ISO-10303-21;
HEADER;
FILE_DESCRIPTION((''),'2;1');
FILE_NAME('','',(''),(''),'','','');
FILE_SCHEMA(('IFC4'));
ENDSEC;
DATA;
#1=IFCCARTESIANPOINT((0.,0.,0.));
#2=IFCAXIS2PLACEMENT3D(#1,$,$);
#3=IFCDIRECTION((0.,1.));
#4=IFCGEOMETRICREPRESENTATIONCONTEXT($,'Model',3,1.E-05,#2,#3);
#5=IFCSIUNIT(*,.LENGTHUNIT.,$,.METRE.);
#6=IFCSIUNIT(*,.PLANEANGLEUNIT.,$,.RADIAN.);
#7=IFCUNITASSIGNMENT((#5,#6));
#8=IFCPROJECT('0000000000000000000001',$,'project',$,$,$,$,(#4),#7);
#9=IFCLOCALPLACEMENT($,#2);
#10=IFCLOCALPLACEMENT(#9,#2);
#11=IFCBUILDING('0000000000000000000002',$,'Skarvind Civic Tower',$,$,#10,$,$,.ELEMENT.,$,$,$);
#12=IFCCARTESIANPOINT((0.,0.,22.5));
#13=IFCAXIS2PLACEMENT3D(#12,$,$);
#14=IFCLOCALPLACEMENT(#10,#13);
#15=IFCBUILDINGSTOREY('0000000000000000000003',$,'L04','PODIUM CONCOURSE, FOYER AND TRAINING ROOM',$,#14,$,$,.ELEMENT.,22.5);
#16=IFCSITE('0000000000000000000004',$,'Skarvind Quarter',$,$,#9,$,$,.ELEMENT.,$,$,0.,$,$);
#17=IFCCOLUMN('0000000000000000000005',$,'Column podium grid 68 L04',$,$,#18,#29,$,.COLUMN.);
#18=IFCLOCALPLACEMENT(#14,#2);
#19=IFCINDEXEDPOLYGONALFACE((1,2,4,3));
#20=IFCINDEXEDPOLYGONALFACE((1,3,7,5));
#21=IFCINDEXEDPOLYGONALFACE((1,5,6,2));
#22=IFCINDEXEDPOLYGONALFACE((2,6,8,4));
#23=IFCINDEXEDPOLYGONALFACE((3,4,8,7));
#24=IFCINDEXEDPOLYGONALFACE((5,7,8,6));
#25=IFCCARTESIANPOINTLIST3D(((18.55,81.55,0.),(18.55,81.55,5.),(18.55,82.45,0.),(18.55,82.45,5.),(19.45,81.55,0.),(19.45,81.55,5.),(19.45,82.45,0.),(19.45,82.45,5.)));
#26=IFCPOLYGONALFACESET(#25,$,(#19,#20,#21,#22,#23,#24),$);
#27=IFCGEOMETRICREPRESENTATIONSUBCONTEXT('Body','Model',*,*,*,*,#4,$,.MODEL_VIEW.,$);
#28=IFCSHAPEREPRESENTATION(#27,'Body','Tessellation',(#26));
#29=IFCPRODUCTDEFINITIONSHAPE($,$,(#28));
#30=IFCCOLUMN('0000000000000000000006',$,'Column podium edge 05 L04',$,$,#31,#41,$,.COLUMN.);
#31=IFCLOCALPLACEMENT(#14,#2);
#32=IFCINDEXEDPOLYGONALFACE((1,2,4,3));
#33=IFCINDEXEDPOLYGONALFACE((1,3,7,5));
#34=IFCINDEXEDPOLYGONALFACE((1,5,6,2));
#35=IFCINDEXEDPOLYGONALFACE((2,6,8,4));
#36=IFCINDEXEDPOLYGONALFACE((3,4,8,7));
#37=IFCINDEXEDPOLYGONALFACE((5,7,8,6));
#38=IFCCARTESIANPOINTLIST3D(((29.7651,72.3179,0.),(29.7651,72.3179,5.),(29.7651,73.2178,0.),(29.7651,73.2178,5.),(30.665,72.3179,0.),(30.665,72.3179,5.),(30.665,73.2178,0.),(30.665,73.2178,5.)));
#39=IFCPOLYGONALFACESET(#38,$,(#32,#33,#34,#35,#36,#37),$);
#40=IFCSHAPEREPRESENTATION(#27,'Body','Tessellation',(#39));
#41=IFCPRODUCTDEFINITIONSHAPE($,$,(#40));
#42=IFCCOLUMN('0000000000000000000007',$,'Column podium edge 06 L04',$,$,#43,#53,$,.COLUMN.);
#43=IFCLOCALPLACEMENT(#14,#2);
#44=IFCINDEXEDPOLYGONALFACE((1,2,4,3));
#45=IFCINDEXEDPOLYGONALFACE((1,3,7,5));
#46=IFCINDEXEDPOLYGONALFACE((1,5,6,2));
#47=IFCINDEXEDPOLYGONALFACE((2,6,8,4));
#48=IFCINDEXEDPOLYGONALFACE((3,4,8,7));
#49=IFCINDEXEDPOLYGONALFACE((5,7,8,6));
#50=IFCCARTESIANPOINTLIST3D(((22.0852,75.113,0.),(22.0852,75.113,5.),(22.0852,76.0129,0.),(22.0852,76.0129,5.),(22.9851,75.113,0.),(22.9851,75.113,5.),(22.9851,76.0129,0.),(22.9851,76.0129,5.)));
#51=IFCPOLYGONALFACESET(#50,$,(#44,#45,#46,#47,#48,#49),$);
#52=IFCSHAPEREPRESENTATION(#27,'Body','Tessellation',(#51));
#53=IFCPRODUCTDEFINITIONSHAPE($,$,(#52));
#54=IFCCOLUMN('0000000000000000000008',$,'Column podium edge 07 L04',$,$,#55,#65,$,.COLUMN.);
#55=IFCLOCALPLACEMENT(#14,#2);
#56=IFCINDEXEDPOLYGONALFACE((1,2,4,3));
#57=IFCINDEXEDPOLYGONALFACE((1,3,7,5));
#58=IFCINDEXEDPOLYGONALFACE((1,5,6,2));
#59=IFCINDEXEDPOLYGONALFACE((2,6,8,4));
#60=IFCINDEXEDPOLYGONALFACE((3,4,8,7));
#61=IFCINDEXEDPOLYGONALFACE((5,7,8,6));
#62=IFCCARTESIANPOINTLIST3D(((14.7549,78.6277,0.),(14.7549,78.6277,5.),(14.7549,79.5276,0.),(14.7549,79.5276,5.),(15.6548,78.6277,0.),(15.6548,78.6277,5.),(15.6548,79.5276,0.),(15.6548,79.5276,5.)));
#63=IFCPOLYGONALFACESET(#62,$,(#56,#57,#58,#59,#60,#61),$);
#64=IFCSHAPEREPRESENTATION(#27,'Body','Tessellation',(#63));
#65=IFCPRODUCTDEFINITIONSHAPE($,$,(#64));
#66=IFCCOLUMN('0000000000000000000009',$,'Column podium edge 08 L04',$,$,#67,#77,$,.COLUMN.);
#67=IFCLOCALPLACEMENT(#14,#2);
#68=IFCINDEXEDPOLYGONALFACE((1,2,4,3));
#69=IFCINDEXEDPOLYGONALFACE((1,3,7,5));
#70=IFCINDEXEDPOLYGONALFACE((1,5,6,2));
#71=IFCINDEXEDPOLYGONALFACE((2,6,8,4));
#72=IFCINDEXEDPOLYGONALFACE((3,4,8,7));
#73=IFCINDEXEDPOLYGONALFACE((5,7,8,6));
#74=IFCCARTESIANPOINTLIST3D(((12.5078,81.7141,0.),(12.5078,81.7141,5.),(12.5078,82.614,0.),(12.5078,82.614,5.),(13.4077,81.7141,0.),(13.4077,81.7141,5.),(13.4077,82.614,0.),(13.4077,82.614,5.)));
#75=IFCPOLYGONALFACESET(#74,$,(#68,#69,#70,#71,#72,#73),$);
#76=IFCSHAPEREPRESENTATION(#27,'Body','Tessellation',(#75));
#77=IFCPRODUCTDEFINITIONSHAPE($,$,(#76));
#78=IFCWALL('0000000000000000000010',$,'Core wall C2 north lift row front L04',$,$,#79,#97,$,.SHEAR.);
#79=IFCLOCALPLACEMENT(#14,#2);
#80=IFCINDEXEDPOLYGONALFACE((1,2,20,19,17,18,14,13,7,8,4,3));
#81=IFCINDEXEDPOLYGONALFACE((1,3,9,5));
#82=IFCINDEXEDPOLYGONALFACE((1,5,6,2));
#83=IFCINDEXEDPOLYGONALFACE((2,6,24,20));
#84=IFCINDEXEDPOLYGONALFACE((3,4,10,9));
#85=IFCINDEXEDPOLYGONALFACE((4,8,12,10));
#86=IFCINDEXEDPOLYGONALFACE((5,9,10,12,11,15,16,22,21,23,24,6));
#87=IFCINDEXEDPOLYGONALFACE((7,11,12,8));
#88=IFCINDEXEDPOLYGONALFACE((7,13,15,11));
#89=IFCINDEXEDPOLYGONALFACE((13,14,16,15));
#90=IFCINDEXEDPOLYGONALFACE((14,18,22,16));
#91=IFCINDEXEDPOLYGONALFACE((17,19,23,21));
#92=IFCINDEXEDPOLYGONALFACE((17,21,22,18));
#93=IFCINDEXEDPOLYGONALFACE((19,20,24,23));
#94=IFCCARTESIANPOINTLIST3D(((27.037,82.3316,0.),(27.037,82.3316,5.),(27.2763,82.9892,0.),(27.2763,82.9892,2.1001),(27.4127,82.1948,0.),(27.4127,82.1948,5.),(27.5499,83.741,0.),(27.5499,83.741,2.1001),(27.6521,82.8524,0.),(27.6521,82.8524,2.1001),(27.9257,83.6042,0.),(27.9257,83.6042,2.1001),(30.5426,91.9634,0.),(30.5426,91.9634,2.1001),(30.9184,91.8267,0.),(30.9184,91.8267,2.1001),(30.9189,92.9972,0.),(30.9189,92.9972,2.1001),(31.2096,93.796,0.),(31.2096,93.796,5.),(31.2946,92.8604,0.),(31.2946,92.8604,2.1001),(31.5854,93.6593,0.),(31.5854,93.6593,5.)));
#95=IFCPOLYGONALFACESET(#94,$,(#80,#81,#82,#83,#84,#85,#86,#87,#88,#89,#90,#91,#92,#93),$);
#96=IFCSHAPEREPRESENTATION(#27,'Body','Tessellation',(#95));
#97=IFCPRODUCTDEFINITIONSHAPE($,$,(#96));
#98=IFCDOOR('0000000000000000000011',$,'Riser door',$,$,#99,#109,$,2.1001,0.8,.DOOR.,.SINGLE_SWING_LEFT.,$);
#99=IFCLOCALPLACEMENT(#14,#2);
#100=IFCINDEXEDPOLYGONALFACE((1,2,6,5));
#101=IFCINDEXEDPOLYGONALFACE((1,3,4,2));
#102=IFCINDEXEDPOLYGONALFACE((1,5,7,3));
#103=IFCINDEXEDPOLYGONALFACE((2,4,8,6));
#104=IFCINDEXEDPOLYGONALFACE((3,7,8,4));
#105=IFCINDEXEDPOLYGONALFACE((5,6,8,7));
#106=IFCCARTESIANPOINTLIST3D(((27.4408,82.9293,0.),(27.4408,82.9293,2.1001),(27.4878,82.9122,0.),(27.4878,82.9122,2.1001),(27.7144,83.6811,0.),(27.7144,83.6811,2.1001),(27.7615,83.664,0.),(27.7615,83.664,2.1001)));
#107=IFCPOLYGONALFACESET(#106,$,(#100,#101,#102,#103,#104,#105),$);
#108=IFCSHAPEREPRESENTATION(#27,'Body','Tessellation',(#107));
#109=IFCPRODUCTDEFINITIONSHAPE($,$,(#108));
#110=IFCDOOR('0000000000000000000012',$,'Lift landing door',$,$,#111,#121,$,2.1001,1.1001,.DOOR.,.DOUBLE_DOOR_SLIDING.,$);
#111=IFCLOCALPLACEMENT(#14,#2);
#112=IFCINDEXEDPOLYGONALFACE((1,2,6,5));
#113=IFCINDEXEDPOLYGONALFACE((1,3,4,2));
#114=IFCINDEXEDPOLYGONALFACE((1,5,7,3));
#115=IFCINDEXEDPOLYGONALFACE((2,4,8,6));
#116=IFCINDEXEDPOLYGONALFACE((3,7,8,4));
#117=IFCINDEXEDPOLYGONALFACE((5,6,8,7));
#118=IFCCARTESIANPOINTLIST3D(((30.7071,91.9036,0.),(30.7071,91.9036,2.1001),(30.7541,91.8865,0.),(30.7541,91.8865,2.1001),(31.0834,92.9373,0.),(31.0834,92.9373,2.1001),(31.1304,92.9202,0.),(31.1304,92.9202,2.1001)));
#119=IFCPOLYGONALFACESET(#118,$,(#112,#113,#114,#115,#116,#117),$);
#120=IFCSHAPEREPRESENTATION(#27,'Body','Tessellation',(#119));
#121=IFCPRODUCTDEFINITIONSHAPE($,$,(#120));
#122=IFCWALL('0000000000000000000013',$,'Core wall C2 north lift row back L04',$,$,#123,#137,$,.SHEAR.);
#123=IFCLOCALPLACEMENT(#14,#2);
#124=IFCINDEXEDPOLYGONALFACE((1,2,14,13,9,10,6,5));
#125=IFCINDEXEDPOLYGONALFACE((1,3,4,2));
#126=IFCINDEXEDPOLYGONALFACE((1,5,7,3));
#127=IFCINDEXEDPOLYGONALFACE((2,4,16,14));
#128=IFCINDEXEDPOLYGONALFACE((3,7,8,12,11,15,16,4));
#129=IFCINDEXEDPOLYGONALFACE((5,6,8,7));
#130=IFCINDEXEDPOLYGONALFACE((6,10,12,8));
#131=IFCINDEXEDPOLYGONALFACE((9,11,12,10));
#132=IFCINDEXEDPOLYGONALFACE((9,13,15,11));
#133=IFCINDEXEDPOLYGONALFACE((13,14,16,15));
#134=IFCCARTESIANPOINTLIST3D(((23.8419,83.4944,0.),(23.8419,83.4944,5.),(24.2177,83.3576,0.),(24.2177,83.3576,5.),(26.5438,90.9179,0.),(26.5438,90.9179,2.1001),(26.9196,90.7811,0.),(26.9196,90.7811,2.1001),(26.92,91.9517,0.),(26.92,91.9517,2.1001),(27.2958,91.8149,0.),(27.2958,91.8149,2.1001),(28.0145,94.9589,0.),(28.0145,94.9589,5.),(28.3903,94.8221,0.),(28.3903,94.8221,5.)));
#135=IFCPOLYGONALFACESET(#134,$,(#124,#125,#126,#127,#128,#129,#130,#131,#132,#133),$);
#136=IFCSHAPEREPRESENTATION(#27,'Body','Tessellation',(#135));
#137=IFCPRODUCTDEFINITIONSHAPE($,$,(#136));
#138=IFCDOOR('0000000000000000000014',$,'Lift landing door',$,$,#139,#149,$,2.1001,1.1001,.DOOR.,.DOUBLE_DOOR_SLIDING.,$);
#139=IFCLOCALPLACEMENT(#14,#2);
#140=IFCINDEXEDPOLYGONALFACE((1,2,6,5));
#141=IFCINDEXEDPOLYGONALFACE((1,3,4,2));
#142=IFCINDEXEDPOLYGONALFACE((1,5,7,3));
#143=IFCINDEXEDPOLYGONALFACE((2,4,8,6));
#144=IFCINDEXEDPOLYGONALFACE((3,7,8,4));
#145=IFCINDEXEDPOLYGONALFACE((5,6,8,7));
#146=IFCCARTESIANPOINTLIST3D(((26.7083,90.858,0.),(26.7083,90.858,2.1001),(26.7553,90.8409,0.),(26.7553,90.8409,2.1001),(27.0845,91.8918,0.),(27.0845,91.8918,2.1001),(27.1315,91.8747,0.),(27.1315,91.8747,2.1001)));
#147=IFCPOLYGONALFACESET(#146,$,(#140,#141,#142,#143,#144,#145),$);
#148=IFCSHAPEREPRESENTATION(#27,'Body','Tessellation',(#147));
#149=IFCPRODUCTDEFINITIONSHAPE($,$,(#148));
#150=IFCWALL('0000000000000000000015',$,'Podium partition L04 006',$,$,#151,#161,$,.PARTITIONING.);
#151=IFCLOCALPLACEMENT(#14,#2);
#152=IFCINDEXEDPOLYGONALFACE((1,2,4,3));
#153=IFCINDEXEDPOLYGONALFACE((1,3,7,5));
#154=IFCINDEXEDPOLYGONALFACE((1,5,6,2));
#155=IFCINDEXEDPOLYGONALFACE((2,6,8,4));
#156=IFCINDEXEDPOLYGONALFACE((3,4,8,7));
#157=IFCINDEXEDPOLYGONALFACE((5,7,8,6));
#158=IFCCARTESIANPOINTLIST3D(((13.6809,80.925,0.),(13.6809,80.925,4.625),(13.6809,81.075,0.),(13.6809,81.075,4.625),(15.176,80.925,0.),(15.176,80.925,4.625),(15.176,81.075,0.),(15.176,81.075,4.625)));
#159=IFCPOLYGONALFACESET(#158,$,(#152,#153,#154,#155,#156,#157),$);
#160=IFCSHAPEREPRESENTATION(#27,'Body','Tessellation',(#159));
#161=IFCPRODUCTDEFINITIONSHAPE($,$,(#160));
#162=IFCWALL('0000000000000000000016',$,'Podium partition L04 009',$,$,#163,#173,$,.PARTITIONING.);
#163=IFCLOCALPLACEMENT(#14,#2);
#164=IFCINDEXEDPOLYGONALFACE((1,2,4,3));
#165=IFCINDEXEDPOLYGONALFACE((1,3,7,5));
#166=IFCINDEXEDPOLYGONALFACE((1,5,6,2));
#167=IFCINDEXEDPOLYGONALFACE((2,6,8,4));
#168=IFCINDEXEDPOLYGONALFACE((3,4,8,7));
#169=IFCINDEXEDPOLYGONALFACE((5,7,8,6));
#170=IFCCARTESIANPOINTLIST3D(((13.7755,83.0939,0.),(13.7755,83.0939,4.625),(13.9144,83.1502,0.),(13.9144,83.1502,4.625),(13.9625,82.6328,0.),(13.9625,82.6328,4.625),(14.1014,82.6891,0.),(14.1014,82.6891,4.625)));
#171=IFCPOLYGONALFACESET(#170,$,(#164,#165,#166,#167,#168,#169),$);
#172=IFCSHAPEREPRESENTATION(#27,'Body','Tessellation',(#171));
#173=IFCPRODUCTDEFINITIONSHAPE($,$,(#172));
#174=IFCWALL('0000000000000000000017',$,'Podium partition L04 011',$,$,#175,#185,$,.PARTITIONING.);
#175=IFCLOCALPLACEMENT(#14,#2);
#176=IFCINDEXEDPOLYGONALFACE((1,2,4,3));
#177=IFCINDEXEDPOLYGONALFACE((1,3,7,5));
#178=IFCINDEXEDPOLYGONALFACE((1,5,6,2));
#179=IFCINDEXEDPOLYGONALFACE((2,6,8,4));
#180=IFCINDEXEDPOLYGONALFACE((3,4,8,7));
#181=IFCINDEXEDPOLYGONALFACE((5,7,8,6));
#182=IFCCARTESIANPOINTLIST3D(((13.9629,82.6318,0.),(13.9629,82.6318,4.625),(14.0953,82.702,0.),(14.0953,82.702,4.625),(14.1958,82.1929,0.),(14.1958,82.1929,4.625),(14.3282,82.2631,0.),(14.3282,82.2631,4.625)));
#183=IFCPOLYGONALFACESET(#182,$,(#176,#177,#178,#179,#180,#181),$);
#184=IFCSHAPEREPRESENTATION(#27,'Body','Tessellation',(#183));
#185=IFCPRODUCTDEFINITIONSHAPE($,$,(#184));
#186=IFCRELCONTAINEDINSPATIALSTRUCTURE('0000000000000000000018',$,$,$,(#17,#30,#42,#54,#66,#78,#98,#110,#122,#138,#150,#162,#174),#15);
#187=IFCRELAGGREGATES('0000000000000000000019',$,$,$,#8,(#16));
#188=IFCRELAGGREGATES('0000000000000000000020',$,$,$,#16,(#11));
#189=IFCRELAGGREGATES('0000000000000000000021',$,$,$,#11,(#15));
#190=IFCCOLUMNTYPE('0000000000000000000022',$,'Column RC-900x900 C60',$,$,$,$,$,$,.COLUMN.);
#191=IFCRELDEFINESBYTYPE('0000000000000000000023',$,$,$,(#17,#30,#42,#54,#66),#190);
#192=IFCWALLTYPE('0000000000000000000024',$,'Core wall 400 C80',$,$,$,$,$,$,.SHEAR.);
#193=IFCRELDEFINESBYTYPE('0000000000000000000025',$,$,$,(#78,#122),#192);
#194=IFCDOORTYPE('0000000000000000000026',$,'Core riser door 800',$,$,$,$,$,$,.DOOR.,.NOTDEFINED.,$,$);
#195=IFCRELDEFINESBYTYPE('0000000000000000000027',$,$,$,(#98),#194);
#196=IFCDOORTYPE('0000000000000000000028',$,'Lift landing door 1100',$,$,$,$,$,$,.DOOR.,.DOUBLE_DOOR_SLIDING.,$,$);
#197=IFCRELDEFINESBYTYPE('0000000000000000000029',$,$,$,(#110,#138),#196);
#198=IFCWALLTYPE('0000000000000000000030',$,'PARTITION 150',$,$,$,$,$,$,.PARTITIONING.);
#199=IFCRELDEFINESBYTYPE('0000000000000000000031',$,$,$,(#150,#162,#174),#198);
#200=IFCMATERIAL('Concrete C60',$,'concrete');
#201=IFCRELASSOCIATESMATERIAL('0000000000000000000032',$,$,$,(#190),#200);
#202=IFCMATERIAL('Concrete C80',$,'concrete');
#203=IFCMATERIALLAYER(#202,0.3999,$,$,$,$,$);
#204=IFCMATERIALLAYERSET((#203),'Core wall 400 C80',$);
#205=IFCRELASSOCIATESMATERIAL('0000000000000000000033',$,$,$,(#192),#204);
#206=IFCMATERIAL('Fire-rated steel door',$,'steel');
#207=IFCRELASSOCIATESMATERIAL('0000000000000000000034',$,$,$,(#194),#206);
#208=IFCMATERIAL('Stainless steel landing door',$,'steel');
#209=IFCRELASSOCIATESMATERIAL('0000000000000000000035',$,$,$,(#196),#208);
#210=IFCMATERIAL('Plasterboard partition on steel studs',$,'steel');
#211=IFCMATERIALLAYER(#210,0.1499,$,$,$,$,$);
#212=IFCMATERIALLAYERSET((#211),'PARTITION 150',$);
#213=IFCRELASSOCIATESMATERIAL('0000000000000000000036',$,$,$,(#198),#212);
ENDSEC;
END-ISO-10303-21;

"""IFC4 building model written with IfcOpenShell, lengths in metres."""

from ifc_helpers import new_model, si_unit, direction, frame, frame_2d, origin, origin_2d, place, context, subcontext, project, spatial, rectangle, extrude, material, layer, layer_set, material_profile, profile_set, type_object, element, fill, save


model = new_model("IFC4")

# Units and contexts
model_context = context("Model", 3, precision=1e-05, world=origin(), true_north=direction((0.0, 1.0)))
body_context = subcontext(model_context, "Body", "Model", "MODEL_VIEW")
ifc_project = project(units=[si_unit("LENGTHUNIT", "METRE"), si_unit("PLANEANGLEUNIT", "RADIAN")], contexts=[model_context])

# Site, building, storey
site_placement = place(None, origin())
site = spatial("IfcSite", under=ifc_project, at=site_placement, Name="Skarvind Quarter", CompositionType="ELEMENT", RefElevation=0.0)
building_placement = place(site_placement, origin())
building = spatial("IfcBuilding", under=site, at=building_placement, Name="Skarvind Civic Tower", CompositionType="ELEMENT")
storey_placement = place(building_placement, frame((0.0, 0.0, 22.5)))
storey = spatial("IfcBuildingStorey", under=building, at=storey_placement, Name="L04", Description="PODIUM CONCOURSE, FOYER AND TRAINING ROOM", CompositionType="ELEMENT", Elevation=22.5)

# Columns
ifc_material_1 = material(Name="Concrete C60", Category="concrete")
ifc_material_profile = material_profile(ifc_material_1, rectangle(XDim=0.8999, YDim=0.8999, at=origin_2d()), Name="RC-900x900")
ifc_profile_set = profile_set([ifc_material_profile], Name="Concrete C60")
column_type = type_object("IfcColumnType", Name="Column RC-900x900 C60", PredefinedType="COLUMN", material=ifc_profile_set)
for number, where, z_axis, x_axis, name in (
    (1, (19.0, 82.0, 0.0), (0.0, 0.0, 1.0), (1.0, 0.0, 0.0), "Column podium grid 68 L04"),
    (2, (30.2151, 72.7678, 0.0), (0.0, 0.0, 1.0), (1.0, 0.0, 0.0), "Column podium edge 05 L04"),
    (3, (22.5352, 75.563, 0.0), (0.0, 0.0, 1.0), (1.0, 0.0, 0.0), "Column podium edge 06 L04"),
    (4, (15.2048, 79.0776, 0.0), (0.0, 0.0, 1.0), (1.0, 0.0, 0.0), "Column podium edge 07 L04"),
    (5, (12.9578, 82.1641, 0.0), (0.0, 0.0, 1.0), (1.0, 0.0, 0.0), "Column podium edge 08 L04"),
):
    element("IfcColumn", number, at=place(storey_placement, frame(where, z_axis=z_axis, x_axis=x_axis)), inside=storey, type_object=column_type, Name=name, PredefinedType="COLUMN", context=body_context, shape_type="SweptSolid", body=[
        extrude(rectangle(XDim=0.8999, YDim=0.8999, at=origin_2d()), origin(), (0.0, 0.0, 1.0), 5.0),
    ])

# Wall, openings, doors
ifc_material_2 = material(Name="Concrete C80", Category="concrete")
ifc_layer_1 = layer(ifc_material_2, 0.3999)
ifc_layer_set_1 = layer_set([ifc_layer_1], Name="Core wall 400 C80")
wall_type_1 = type_object("IfcWallType", Name="Core wall 400 C80", PredefinedType="SHEAR", material=ifc_layer_set_1)
wall_1_placement = place(storey_placement, frame((27.2249, 82.2632, 0.0), z_axis=(0.0, 0.0, 1.0), x_axis=(0.342015, 0.939695, 0.0)))
wall_1 = element("IfcWall", 6, at=wall_1_placement, inside=storey, type_object=wall_type_1, Name="Core wall C2 north lift row front L04", PredefinedType="SHEAR", context=body_context, shape_type="SweptSolid", body=[
    extrude(rectangle(XDim=12.2002, YDim=0.3999, at=frame_2d((6.1001, 0.0))), origin(), (0.0, 0.0, 1.0), 5.0),
])
opening_1_placement = place(wall_1_placement, frame((10.25, 0.0, 0.0)))
opening_1 = element("IfcOpeningElement", 7, at=opening_1_placement, cuts=wall_1, PredefinedType="OPENING", context=body_context, shape_type="SweptSolid", body=[
    extrude(rectangle(XDim=1.1001, YDim=2.1001, at=frame_2d((0.55, 1.05))), frame((0.0, 0.21, 0.0), z_axis=(0.0, -1.0, 0.0), x_axis=(1.0, 0.0, 0.0)), (0.0, 0.0, 1.0), 0.4199),
])
opening_2_placement = place(wall_1_placement, frame((0.7, 0.0, 0.0)))
opening_2 = element("IfcOpeningElement", 8, at=opening_2_placement, cuts=wall_1, PredefinedType="OPENING", context=body_context, shape_type="SweptSolid", body=[
    extrude(rectangle(XDim=0.8, YDim=2.1001, at=frame_2d((0.3999, 1.05))), frame((0.0, 0.21, 0.0), z_axis=(0.0, -1.0, 0.0), x_axis=(1.0, 0.0, 0.0)), (0.0, 0.0, 1.0), 0.4199),
])
ifc_material_3 = material(Name="Fire-rated steel door", Category="steel")
door_type_1 = type_object("IfcDoorType", Name="Core riser door 800", OperationType="NOTDEFINED", PredefinedType="DOOR", material=ifc_material_3)
door_1_placement = place(opening_2_placement, origin())
door_1 = element("IfcDoor", 9, at=door_1_placement, inside=storey, type_object=door_type_1, Name="Riser door", OperationType="SINGLE_SWING_LEFT", OverallHeight=2.1001, OverallWidth=0.8, PredefinedType="DOOR", context=body_context, shape_type="SweptSolid", body=[
    extrude(rectangle(XDim=0.8, YDim=2.1001, at=frame_2d((0.3999, 1.05))), frame((0.0, 0.0249, 0.0), z_axis=(0.0, -1.0, 0.0), x_axis=(1.0, 0.0, 0.0)), (0.0, 0.0, 1.0), 0.05),
])
fill(opening_2, door_1)
ifc_material_4 = material(Name="Stainless steel landing door", Category="steel")
door_type_2 = type_object("IfcDoorType", Name="Lift landing door 1100", OperationType="DOUBLE_DOOR_SLIDING", PredefinedType="DOOR", material=ifc_material_4)
door_2_placement = place(opening_1_placement, origin())
door_2 = element("IfcDoor", 10, at=door_2_placement, inside=storey, type_object=door_type_2, Name="Lift landing door", OperationType="DOUBLE_DOOR_SLIDING", OverallHeight=2.1001, OverallWidth=1.1001, PredefinedType="DOOR", context=body_context, shape_type="SweptSolid", body=[
    extrude(rectangle(XDim=1.1001, YDim=2.1001, at=frame_2d((0.55, 1.05))), frame((0.0, 0.0249, 0.0), z_axis=(0.0, -1.0, 0.0), x_axis=(1.0, 0.0, 0.0)), (0.0, 0.0, 1.0), 0.05),
])
fill(opening_1, door_2)

# Wall, opening, door
wall_2_placement = place(storey_placement, frame((24.0298, 83.426, 0.0), z_axis=(0.0, 0.0, 1.0), x_axis=(0.342015, 0.939695, 0.0)))
wall_2 = element("IfcWall", 11, at=wall_2_placement, inside=storey, type_object=wall_type_1, Name="Core wall C2 north lift row back L04", PredefinedType="SHEAR", context=body_context, shape_type="SweptSolid", body=[
    extrude(rectangle(XDim=12.2002, YDim=0.3999, at=frame_2d((6.1001, 0.0))), origin(), (0.0, 0.0, 1.0), 5.0),
])
opening_3_placement = place(wall_2_placement, frame((7.8999, 0.0, 0.0)))
opening_3 = element("IfcOpeningElement", 12, at=opening_3_placement, cuts=wall_2, PredefinedType="OPENING", context=body_context, shape_type="SweptSolid", body=[
    extrude(rectangle(XDim=1.1001, YDim=2.1001, at=frame_2d((0.55, 1.05))), frame((0.0, 0.21, 0.0), z_axis=(0.0, -1.0, 0.0), x_axis=(1.0, 0.0, 0.0)), (0.0, 0.0, 1.0), 0.4199),
])
door_3_placement = place(opening_3_placement, origin())
door_3 = element("IfcDoor", 13, at=door_3_placement, inside=storey, type_object=door_type_2, Name="Lift landing door", OperationType="DOUBLE_DOOR_SLIDING", OverallHeight=2.1001, OverallWidth=1.1001, PredefinedType="DOOR", context=body_context, shape_type="SweptSolid", body=[
    extrude(rectangle(XDim=1.1001, YDim=2.1001, at=frame_2d((0.55, 1.05))), frame((0.0, 0.0249, 0.0), z_axis=(0.0, -1.0, 0.0), x_axis=(1.0, 0.0, 0.0)), (0.0, 0.0, 1.0), 0.05),
])
fill(opening_3, door_3)

# Walls
ifc_material_5 = material(Name="Plasterboard partition on steel studs", Category="steel")
ifc_layer_2 = layer(ifc_material_5, 0.1499)
ifc_layer_set_2 = layer_set([ifc_layer_2], Name="PARTITION 150")
wall_type_2 = type_object("IfcWallType", Name="PARTITION 150", PredefinedType="PARTITIONING", material=ifc_layer_set_2)
wall_3_placement = place(storey_placement, frame((13.6809, 81.0, 0.0), z_axis=(0.0, 0.0, 1.0), x_axis=(1.0, 0.0, 0.0)))
element("IfcWall", 14, at=wall_3_placement, inside=storey, type_object=wall_type_2, Name="Podium partition L04 006", PredefinedType="PARTITIONING", context=body_context, shape_type="SweptSolid", body=[
    extrude(rectangle(XDim=1.4951, YDim=0.1499, at=frame_2d((0.7476, 0.0))), origin(), (0.0, 0.0, 1.0), 4.625),
])
wall_4_placement = place(storey_placement, frame((13.845, 83.1221, 0.0), z_axis=(0.0, 0.0, 1.0), x_axis=(0.375785, -0.926707, 0.0)))
element("IfcWall", 15, at=wall_4_placement, inside=storey, type_object=wall_type_2, Name="Podium partition L04 009", PredefinedType="PARTITIONING", context=body_context, shape_type="SweptSolid", body=[
    extrude(rectangle(XDim=0.4976, YDim=0.1499, at=frame_2d((0.2488, 0.0))), origin(), (0.0, 0.0, 1.0), 4.625),
])
wall_5_placement = place(storey_placement, frame((14.0291, 82.667, 0.0), z_axis=(0.0, 0.0, 1.0), x_axis=(0.4687, -0.883357, 0.0)))
element("IfcWall", 16, at=wall_5_placement, inside=storey, type_object=wall_type_2, Name="Podium partition L04 011", PredefinedType="PARTITIONING", context=body_context, shape_type="SweptSolid", body=[
    extrude(rectangle(XDim=0.4968, YDim=0.1499, at=frame_2d((0.2485, 0.0))), origin(), (0.0, 0.0, 1.0), 4.625),
])

save(model, "model.ifc")
